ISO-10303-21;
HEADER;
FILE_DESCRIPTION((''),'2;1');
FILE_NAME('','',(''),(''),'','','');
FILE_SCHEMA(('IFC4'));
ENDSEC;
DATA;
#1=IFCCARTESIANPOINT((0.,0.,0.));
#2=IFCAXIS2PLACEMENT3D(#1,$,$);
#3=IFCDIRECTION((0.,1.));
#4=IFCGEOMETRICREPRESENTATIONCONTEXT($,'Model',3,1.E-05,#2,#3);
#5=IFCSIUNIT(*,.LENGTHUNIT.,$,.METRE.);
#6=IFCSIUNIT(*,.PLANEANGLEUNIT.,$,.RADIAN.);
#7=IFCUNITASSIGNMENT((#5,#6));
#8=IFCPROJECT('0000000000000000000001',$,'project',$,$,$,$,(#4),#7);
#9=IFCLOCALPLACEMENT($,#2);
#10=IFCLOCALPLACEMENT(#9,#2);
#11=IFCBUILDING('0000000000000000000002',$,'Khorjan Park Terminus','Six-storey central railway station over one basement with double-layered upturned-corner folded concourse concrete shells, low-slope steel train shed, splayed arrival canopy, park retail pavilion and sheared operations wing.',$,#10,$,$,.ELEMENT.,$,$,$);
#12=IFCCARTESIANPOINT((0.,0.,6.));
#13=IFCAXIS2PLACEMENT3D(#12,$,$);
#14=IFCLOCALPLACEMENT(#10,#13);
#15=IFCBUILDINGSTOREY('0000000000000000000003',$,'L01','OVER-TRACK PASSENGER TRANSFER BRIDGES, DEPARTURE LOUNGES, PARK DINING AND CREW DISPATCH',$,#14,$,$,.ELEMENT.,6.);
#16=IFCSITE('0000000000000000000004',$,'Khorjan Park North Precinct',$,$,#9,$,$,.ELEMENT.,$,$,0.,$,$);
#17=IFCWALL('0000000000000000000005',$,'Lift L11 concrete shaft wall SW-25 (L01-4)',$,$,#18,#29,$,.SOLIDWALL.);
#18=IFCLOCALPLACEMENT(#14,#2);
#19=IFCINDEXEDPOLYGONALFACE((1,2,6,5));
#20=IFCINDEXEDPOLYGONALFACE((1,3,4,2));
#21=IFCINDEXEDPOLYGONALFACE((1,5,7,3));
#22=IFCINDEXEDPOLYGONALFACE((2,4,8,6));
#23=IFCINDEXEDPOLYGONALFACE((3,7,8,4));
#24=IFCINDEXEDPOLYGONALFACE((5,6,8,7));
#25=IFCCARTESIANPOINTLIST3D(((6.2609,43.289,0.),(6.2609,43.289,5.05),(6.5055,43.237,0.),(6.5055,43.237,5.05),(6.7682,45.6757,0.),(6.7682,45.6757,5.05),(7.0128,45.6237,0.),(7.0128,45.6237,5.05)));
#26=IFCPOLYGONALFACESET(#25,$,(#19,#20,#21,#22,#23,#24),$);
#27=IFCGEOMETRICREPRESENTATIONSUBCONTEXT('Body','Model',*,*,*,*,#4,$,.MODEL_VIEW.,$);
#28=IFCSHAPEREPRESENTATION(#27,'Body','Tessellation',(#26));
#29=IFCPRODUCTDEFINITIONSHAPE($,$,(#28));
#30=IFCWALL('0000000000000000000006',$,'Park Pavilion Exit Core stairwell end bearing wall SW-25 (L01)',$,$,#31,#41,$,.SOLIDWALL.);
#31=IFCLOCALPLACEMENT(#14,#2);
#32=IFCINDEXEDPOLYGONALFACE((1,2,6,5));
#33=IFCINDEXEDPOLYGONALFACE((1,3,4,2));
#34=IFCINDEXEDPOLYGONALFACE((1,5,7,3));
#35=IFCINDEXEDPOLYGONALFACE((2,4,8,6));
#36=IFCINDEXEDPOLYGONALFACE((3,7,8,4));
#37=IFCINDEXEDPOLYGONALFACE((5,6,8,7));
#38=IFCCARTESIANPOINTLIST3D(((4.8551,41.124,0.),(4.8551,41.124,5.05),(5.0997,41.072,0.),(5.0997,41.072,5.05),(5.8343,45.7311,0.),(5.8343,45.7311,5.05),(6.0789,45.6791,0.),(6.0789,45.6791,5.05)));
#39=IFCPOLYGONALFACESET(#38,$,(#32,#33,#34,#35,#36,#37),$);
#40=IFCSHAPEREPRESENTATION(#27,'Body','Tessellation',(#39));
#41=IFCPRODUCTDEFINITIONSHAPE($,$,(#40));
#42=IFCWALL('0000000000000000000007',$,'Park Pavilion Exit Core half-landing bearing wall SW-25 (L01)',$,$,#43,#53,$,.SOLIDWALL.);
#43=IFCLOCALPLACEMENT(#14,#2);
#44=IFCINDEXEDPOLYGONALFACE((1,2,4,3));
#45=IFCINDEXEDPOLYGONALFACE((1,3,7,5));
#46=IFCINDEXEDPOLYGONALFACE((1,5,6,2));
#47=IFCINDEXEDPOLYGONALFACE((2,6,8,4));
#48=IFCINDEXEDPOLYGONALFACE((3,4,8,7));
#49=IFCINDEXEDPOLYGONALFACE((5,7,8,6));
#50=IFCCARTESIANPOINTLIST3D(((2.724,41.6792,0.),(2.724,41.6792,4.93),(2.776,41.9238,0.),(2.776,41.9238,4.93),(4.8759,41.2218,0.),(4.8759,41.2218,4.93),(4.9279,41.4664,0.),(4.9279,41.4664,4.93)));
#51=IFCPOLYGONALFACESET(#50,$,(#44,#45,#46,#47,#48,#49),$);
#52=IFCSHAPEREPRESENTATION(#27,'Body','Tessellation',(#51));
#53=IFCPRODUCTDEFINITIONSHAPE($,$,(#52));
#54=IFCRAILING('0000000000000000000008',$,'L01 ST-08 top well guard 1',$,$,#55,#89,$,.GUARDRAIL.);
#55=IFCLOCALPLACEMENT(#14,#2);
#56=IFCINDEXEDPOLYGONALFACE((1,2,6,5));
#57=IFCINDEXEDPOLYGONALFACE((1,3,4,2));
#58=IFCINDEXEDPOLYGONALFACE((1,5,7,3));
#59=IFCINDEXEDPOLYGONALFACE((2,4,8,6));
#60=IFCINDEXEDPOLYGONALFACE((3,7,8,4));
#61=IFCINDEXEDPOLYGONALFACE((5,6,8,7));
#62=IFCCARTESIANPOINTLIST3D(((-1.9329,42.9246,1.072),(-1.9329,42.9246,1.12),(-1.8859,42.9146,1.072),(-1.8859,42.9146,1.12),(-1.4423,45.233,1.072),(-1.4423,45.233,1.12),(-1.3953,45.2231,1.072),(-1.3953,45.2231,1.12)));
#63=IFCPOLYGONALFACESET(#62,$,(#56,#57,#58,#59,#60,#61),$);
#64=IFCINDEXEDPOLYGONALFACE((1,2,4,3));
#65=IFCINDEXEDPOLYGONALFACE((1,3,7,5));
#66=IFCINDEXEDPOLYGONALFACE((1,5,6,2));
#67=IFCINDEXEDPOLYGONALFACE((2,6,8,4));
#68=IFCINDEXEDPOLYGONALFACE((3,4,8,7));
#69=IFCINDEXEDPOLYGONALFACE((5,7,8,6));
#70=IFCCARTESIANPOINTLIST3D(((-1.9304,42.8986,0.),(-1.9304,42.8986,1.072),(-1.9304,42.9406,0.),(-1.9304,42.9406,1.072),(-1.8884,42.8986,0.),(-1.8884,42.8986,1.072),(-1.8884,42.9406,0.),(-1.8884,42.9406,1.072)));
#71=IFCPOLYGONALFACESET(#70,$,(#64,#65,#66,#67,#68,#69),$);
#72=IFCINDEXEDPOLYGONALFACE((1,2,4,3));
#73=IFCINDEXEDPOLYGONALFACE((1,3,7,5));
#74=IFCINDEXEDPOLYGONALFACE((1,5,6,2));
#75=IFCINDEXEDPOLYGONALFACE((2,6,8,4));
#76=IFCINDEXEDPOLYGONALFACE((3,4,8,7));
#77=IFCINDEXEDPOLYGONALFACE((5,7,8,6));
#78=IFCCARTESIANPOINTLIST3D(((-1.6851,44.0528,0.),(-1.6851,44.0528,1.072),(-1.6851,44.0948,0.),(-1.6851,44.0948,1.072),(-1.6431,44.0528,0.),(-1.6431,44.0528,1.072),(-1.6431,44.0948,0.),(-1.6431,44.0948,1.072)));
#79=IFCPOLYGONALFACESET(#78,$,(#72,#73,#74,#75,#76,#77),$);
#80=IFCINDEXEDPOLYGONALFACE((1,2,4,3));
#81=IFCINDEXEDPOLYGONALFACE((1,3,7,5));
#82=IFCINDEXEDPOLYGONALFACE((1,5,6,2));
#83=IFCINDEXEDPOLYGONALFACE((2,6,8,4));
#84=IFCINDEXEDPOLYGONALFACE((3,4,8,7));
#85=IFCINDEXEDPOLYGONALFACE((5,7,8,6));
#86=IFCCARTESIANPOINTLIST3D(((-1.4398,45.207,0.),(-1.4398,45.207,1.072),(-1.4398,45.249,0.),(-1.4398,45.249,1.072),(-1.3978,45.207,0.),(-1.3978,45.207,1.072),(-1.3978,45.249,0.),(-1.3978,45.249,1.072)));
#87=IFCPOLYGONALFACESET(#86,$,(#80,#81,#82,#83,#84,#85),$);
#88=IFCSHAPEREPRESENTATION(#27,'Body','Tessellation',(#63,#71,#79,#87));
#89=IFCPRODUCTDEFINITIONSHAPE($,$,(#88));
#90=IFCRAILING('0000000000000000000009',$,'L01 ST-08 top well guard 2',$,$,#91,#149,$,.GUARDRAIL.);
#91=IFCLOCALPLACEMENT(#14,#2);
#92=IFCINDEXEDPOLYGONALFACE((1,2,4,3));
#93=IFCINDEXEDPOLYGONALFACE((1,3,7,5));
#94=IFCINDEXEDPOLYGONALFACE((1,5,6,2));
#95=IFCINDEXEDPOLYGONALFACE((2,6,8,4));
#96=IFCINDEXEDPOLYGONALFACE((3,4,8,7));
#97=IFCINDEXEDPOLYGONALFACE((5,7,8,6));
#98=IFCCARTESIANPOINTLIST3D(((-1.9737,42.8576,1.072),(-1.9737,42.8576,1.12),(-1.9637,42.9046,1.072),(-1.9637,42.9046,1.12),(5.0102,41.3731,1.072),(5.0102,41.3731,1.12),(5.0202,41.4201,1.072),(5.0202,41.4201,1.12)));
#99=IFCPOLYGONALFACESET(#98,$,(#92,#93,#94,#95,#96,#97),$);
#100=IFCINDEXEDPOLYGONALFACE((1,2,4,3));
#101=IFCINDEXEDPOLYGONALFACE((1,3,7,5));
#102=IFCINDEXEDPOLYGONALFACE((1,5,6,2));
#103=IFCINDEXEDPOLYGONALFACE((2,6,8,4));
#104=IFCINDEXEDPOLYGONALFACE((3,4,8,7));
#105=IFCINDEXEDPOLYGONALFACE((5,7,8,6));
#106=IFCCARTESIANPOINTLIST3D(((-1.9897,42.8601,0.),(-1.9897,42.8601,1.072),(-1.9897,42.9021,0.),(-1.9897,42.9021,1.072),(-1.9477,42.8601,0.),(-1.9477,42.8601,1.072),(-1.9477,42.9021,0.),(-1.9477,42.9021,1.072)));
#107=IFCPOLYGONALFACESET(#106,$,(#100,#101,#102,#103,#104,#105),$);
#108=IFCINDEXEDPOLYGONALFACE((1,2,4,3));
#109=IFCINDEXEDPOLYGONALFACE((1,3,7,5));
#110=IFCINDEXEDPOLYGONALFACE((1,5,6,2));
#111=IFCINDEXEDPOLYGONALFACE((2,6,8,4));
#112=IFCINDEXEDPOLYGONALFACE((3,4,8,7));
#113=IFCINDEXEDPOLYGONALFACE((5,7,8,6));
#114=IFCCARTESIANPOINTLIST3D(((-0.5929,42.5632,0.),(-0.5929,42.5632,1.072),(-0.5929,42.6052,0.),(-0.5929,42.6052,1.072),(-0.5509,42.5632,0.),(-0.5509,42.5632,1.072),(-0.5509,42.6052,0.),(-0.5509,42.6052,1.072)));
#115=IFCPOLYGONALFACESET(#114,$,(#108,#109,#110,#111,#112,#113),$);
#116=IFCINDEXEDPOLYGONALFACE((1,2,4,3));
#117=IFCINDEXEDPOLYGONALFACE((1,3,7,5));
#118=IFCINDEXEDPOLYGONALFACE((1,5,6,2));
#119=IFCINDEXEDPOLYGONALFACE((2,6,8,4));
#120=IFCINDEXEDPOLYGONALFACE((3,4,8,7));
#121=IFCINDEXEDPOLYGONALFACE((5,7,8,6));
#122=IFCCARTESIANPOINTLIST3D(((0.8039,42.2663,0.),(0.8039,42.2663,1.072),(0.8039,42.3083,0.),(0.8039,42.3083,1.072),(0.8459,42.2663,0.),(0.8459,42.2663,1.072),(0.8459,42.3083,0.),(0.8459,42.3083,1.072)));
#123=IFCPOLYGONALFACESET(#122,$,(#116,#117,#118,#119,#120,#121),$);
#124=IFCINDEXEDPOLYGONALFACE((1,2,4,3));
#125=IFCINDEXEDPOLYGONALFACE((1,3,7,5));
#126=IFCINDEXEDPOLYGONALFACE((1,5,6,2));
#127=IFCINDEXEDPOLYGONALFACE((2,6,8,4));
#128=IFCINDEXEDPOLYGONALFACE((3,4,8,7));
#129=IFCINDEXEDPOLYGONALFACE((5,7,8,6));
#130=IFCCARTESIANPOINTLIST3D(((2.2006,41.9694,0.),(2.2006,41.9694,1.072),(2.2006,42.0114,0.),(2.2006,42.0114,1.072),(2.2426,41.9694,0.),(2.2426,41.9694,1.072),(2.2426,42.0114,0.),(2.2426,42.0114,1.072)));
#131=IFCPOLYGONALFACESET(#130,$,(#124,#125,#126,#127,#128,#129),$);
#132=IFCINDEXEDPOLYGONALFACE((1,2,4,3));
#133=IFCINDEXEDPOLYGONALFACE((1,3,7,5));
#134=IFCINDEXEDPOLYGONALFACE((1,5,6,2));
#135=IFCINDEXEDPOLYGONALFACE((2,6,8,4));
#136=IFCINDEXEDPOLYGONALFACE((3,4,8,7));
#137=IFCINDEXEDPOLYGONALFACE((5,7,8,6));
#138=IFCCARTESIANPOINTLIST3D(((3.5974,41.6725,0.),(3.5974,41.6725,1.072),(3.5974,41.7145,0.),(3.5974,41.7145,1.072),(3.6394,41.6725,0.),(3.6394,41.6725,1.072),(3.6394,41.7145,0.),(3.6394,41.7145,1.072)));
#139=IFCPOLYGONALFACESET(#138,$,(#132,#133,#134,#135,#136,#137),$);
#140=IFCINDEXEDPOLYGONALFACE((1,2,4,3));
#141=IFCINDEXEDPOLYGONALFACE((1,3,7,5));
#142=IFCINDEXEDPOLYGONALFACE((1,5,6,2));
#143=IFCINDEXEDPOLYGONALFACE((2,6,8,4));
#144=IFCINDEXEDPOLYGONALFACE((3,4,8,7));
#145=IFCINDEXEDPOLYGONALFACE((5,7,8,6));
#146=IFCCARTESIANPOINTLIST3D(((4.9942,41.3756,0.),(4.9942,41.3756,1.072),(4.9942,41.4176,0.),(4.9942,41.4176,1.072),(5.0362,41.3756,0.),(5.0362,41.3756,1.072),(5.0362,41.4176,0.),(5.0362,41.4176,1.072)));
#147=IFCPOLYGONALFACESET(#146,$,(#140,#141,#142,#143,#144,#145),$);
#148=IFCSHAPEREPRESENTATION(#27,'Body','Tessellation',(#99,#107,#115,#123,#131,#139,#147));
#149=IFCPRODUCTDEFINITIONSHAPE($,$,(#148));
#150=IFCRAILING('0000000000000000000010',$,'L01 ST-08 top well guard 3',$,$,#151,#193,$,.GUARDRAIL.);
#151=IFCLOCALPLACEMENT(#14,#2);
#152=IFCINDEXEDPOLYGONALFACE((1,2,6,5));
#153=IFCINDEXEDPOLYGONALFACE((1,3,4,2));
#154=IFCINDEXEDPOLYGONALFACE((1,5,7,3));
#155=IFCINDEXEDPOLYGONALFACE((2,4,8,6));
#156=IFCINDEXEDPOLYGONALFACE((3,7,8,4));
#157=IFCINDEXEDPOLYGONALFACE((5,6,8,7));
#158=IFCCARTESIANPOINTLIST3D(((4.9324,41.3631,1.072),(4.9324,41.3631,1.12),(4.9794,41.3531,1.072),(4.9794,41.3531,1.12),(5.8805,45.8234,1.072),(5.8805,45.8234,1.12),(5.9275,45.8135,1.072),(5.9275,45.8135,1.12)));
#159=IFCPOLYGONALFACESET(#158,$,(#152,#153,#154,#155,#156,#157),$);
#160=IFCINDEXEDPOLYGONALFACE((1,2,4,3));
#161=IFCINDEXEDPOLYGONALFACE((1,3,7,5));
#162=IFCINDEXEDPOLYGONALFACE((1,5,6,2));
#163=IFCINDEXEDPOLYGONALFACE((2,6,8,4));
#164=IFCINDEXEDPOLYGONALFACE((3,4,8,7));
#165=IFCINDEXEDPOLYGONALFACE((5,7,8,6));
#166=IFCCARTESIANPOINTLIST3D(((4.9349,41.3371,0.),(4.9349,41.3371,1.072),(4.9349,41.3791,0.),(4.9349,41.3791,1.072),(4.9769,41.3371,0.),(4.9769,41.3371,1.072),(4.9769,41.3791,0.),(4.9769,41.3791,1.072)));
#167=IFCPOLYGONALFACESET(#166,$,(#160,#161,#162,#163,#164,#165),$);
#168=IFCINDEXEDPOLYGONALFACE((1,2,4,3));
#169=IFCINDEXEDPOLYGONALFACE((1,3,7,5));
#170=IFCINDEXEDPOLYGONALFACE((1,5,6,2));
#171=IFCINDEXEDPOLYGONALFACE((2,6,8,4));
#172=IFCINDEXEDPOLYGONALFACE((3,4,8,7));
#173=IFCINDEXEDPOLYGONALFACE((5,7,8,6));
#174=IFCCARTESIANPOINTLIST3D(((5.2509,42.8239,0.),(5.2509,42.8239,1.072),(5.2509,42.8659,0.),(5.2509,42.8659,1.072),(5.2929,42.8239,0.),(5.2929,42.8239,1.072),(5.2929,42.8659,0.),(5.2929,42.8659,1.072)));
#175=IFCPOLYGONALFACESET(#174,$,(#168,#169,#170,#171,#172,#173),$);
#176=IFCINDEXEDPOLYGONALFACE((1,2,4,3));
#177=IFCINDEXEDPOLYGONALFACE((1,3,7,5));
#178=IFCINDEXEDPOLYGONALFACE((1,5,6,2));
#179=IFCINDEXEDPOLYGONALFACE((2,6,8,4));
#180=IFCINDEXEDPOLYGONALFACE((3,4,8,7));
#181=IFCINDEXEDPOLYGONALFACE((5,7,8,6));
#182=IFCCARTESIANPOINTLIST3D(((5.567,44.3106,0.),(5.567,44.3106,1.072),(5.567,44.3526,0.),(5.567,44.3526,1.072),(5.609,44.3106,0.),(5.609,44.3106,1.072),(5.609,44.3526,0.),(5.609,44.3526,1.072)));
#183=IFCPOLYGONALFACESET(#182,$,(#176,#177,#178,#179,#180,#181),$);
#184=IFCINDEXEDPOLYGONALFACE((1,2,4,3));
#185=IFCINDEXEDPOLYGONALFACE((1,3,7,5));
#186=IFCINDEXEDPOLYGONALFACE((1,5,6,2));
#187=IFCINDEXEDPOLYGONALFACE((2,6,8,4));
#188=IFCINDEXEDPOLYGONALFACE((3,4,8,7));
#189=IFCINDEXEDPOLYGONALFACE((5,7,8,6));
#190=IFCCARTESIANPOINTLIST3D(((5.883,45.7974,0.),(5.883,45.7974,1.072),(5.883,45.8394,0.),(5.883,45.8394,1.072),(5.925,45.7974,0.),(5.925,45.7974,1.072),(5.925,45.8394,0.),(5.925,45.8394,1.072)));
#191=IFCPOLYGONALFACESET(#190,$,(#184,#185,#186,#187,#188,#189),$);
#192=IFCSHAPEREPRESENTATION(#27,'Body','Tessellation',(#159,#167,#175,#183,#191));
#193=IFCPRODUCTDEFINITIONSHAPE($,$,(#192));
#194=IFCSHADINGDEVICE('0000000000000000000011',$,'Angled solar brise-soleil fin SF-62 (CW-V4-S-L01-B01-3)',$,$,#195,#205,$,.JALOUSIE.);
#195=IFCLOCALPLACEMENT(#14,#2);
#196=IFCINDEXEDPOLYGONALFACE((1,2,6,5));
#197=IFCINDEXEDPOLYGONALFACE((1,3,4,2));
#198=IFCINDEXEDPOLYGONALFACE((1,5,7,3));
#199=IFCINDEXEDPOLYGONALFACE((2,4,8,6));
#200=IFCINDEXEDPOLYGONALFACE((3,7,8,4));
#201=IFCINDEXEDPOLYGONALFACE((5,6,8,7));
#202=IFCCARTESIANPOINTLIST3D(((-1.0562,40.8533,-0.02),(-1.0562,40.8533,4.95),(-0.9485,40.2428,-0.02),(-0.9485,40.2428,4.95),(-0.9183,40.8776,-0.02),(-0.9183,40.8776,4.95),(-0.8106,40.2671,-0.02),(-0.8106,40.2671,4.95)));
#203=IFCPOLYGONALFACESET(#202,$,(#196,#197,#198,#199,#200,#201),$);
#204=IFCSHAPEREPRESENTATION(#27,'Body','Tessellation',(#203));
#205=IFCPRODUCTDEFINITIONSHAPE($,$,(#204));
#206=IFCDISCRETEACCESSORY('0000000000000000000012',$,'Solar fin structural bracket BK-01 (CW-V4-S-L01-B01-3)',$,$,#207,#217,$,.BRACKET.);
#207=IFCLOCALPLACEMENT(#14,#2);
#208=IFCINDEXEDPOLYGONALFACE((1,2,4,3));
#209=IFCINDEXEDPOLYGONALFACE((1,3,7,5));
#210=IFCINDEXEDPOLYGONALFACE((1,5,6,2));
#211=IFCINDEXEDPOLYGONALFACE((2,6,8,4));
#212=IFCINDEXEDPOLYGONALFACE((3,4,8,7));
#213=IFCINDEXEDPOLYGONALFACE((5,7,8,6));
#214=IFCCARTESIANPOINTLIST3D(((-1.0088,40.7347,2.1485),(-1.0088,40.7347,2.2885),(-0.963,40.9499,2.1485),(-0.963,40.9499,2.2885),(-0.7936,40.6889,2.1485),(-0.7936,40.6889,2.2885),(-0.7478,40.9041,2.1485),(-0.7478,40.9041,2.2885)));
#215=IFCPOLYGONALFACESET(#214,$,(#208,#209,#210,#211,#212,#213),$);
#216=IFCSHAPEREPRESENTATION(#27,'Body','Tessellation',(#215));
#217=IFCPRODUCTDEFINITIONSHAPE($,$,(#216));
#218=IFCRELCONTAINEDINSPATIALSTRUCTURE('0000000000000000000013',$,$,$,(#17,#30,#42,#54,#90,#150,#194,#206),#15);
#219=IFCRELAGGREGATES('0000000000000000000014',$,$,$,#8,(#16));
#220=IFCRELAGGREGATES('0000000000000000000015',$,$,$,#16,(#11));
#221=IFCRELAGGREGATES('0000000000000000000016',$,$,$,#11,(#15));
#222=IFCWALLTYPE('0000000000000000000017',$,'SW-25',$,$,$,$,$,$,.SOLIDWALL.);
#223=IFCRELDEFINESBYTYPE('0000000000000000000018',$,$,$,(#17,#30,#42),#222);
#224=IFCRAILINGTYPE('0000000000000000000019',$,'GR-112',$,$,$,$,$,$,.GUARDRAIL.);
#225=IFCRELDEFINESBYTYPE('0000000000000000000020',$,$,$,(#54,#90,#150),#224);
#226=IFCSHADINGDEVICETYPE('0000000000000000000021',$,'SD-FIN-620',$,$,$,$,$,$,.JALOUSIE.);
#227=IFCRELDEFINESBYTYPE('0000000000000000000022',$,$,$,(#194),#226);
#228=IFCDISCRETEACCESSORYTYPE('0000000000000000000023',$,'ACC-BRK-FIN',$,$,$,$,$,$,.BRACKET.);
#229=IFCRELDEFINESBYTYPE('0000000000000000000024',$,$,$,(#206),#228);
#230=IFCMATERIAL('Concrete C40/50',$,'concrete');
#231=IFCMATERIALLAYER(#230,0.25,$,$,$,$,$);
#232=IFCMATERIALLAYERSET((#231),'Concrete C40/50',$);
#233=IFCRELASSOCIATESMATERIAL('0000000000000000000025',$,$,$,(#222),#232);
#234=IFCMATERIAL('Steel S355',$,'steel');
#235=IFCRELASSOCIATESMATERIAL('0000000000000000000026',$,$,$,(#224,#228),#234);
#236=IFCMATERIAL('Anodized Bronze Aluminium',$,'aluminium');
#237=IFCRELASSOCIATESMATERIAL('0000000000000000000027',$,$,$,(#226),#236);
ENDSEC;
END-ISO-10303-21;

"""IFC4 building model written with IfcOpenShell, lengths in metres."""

from ifc_helpers import new_model, si_unit, direction, frame, frame_2d, origin, origin_2d, place, context, subcontext, project, spatial, rectangle, extrude, material, layer, layer_set, type_object, element, save


model = new_model("IFC4")

# Units and contexts
model_context = context("Model", 3, precision=1e-05, world=origin(), true_north=direction((0.0, 1.0)))
body_context = subcontext(model_context, "Body", "Model", "MODEL_VIEW")
ifc_project = project(units=[si_unit("LENGTHUNIT", "METRE"), si_unit("PLANEANGLEUNIT", "RADIAN")], contexts=[model_context])

# Site, building, storey
site_placement = place(None, origin())
site = spatial("IfcSite", under=ifc_project, at=site_placement, Name="Khorjan Park North Precinct", CompositionType="ELEMENT", RefElevation=0.0)
building_placement = place(site_placement, origin())
building = spatial("IfcBuilding", under=site, at=building_placement, Name="Khorjan Park Terminus", Description="Six-storey central railway station over one basement with double-layered upturned-corner folded concourse concrete shells, low-slope steel train shed, splayed arrival canopy, park retail pavilion and sheared operations wing.", CompositionType="ELEMENT")
storey_placement = place(building_placement, frame((0.0, 0.0, 6.0)))
storey = spatial("IfcBuildingStorey", under=building, at=storey_placement, Name="L01", Description="OVER-TRACK PASSENGER TRANSFER BRIDGES, DEPARTURE LOUNGES, PARK DINING AND CREW DISPATCH", CompositionType="ELEMENT", Elevation=6.0)

# Shared definitions
ifc_material_1 = material(Name="Steel S355", Category="steel")

# Shared definitions
ifc_material_2 = material(Name="Anodized Bronze Aluminium", Category="aluminium")

# Shared definitions
ifc_material_3 = material(Name="Concrete C40/50", Category="concrete")
ifc_layer_1 = layer(ifc_material_3, 0.25)
ifc_layer_set_1 = layer_set([ifc_layer_1], Name="Concrete C40/50")
wall_type_1 = type_object("IfcWallType", Name="SW-25", PredefinedType="SOLIDWALL", material=ifc_layer_set_1)

# Walls
wall_1_placement = place(storey_placement, frame((6.8905, 45.6497, 0.0), z_axis=(0.0, 0.0, 1.0), x_axis=(-0.207908, -0.978148, 0.0)))
element("IfcWall", 1, at=wall_1_placement, inside=storey, type_object=wall_type_1, Name="Lift L11 concrete shaft wall SW-25 (L01-4)", PredefinedType="SOLIDWALL", context=body_context, shape_type="SweptSolid", body=[
    extrude(rectangle(XDim=2.44, YDim=0.25, at=frame_2d((1.22, 0.0))), origin(), (0.0, 0.0, 1.0), 5.05),
])
wall_2_placement = place(storey_placement, frame((4.9774, 41.098, 0.0), z_axis=(0.0, 0.0, 1.0), x_axis=(0.207898, 0.978151, 0.0)))
element("IfcWall", 2, at=wall_2_placement, inside=storey, type_object=wall_type_1, Name="Park Pavilion Exit Core stairwell end bearing wall SW-25 (L01)", PredefinedType="SOLIDWALL", context=body_context, shape_type="SweptSolid", body=[
    extrude(rectangle(XDim=4.71, YDim=0.25, at=frame_2d((2.355, 0.0))), origin(), (0.0, 0.0, 1.0), 5.05),
])
wall_3_placement = place(storey_placement, frame((2.75, 41.8015, 0.0), z_axis=(0.0, 0.0, 1.0), x_axis=(0.978148, -0.207911, 0.0)))
element("IfcWall", 3, at=wall_3_placement, inside=storey, type_object=wall_type_1, Name="Park Pavilion Exit Core half-landing bearing wall SW-25 (L01)", PredefinedType="SOLIDWALL", context=body_context, shape_type="SweptSolid", body=[
    extrude(rectangle(XDim=2.2, YDim=0.25, at=frame_2d((1.1, 0.0))), origin(), (0.0, 0.0, 1.0), 4.93),
])

# Railings
railing_type = type_object("IfcRailingType", Name="GR-112", PredefinedType="GUARDRAIL", material=ifc_material_1)
railing_1_placement = place(storey_placement, frame((-1.9094, 42.9196, 0.0)))
element("IfcRailing", 4, at=railing_1_placement, inside=storey, type_object=railing_type, Name="L01 ST-08 top well guard 1", PredefinedType="GUARDRAIL", context=body_context, shape_type="SweptSolid", body=[
    extrude(rectangle(XDim=0.048, YDim=0.048, at=origin_2d()), frame((0.0, 0.0, 1.096), z_axis=(0.207885, 0.978153, 0.0), x_axis=(-0.978153, 0.207885, 0.0)), (0.0, 0.0, 1.0), 2.36),
    extrude(rectangle(XDim=0.042, YDim=0.042, at=origin_2d()), origin(), (0.0, 0.0, 1.0), 1.072),
    extrude(rectangle(XDim=0.042, YDim=0.042, at=origin_2d()), frame((0.2453, 1.1542, 0.0)), (0.0, 0.0, 1.0), 1.072),
    extrude(rectangle(XDim=0.042, YDim=0.042, at=origin_2d()), frame((0.4906, 2.3084, 0.0)), (0.0, 0.0, 1.0), 1.072),
])
railing_2_placement = place(storey_placement, frame((-1.9687, 42.8811, 0.0)))
element("IfcRailing", 5, at=railing_2_placement, inside=storey, type_object=railing_type, Name="L01 ST-08 top well guard 2", PredefinedType="GUARDRAIL", context=body_context, shape_type="SweptSolid", body=[
    extrude(rectangle(XDim=0.048, YDim=0.048, at=origin_2d()), frame((0.0, 0.0, 1.096), z_axis=(0.978147, -0.207915, 0.0), x_axis=(0.207915, 0.978147, 0.0)), (0.0, 0.0, 1.0), 7.1399),
    extrude(rectangle(XDim=0.042, YDim=0.042, at=origin_2d()), origin(), (0.0, 0.0, 1.0), 1.072),
    extrude(rectangle(XDim=0.042, YDim=0.042, at=origin_2d()), frame((1.3968, -0.2969, 0.0)), (0.0, 0.0, 1.0), 1.072),
    extrude(rectangle(XDim=0.042, YDim=0.042, at=origin_2d()), frame((2.7936, -0.5938, 0.0)), (0.0, 0.0, 1.0), 1.072),
    extrude(rectangle(XDim=0.042, YDim=0.042, at=origin_2d()), frame((4.1903, -0.8907, 0.0)), (0.0, 0.0, 1.0), 1.072),
    extrude(rectangle(XDim=0.042, YDim=0.042, at=origin_2d()), frame((5.5871, -1.1876, 0.0)), (0.0, 0.0, 1.0), 1.072),
    extrude(rectangle(XDim=0.042, YDim=0.042, at=origin_2d()), frame((6.9839, -1.4845, 0.0)), (0.0, 0.0, 1.0), 1.072),
])
railing_3_placement = place(storey_placement, frame((4.9559, 41.3581, 0.0)))
element("IfcRailing", 6, at=railing_3_placement, inside=storey, type_object=railing_type, Name="L01 ST-08 top well guard 3", PredefinedType="GUARDRAIL", context=body_context, shape_type="SweptSolid", body=[
    extrude(rectangle(XDim=0.048, YDim=0.048, at=origin_2d()), frame((0.0, 0.0, 1.096), z_axis=(0.207919, 0.978146, 0.0), x_axis=(-0.978146, 0.207919, 0.0)), (0.0, 0.0, 1.0), 4.56),
    extrude(rectangle(XDim=0.042, YDim=0.042, at=origin_2d()), origin(), (0.0, 0.0, 1.0), 1.072),
    extrude(rectangle(XDim=0.042, YDim=0.042, at=origin_2d()), frame((0.316, 1.4868, 0.0)), (0.0, 0.0, 1.0), 1.072),
    extrude(rectangle(XDim=0.042, YDim=0.042, at=origin_2d()), frame((0.6321, 2.9735, 0.0)), (0.0, 0.0, 1.0), 1.072),
    extrude(rectangle(XDim=0.042, YDim=0.042, at=origin_2d()), frame((0.9481, 4.4603, 0.0)), (0.0, 0.0, 1.0), 1.072),
])

# Shading device
shading_device_type = type_object("IfcShadingDeviceType", Name="SD-FIN-620", PredefinedType="JALOUSIE", material=ifc_material_2)
shading_device_placement = place(storey_placement, frame((-0.9334, 40.5602, -0.02), z_axis=(0.0, 0.0, 1.0), x_axis=(-0.173648, 0.984808, 0.0)))
element("IfcShadingDevice", 7, at=shading_device_placement, inside=storey, type_object=shading_device_type, Name="Angled solar brise-soleil fin SF-62 (CW-V4-S-L01-B01-3)", PredefinedType="JALOUSIE", context=body_context, shape_type="SweptSolid", body=[
    extrude(rectangle(XDim=0.62, YDim=0.14, at=origin_2d()), origin(), (0.0, 0.0, 1.0), 4.97),
])

# Discrete accessory
discrete_accessory_type = type_object("IfcDiscreteAccessoryType", Name="ACC-BRK-FIN", PredefinedType="BRACKET", material=ifc_material_1)
discrete_accessory_placement = place(storey_placement, frame((-0.8783, 40.8194, 2.1485), z_axis=(0.0, 0.0, 1.0), x_axis=(0.978147, -0.207914, 0.0)))
element("IfcDiscreteAccessory", 8, at=discrete_accessory_placement, inside=storey, type_object=discrete_accessory_type, Name="Solar fin structural bracket BK-01 (CW-V4-S-L01-B01-3)", PredefinedType="BRACKET", context=body_context, shape_type="SweptSolid", body=[
    extrude(rectangle(XDim=0.22, YDim=0.22, at=origin_2d()), origin(), (0.0, 0.0, 1.0), 0.14),
])

save(model, "model.ifc")
